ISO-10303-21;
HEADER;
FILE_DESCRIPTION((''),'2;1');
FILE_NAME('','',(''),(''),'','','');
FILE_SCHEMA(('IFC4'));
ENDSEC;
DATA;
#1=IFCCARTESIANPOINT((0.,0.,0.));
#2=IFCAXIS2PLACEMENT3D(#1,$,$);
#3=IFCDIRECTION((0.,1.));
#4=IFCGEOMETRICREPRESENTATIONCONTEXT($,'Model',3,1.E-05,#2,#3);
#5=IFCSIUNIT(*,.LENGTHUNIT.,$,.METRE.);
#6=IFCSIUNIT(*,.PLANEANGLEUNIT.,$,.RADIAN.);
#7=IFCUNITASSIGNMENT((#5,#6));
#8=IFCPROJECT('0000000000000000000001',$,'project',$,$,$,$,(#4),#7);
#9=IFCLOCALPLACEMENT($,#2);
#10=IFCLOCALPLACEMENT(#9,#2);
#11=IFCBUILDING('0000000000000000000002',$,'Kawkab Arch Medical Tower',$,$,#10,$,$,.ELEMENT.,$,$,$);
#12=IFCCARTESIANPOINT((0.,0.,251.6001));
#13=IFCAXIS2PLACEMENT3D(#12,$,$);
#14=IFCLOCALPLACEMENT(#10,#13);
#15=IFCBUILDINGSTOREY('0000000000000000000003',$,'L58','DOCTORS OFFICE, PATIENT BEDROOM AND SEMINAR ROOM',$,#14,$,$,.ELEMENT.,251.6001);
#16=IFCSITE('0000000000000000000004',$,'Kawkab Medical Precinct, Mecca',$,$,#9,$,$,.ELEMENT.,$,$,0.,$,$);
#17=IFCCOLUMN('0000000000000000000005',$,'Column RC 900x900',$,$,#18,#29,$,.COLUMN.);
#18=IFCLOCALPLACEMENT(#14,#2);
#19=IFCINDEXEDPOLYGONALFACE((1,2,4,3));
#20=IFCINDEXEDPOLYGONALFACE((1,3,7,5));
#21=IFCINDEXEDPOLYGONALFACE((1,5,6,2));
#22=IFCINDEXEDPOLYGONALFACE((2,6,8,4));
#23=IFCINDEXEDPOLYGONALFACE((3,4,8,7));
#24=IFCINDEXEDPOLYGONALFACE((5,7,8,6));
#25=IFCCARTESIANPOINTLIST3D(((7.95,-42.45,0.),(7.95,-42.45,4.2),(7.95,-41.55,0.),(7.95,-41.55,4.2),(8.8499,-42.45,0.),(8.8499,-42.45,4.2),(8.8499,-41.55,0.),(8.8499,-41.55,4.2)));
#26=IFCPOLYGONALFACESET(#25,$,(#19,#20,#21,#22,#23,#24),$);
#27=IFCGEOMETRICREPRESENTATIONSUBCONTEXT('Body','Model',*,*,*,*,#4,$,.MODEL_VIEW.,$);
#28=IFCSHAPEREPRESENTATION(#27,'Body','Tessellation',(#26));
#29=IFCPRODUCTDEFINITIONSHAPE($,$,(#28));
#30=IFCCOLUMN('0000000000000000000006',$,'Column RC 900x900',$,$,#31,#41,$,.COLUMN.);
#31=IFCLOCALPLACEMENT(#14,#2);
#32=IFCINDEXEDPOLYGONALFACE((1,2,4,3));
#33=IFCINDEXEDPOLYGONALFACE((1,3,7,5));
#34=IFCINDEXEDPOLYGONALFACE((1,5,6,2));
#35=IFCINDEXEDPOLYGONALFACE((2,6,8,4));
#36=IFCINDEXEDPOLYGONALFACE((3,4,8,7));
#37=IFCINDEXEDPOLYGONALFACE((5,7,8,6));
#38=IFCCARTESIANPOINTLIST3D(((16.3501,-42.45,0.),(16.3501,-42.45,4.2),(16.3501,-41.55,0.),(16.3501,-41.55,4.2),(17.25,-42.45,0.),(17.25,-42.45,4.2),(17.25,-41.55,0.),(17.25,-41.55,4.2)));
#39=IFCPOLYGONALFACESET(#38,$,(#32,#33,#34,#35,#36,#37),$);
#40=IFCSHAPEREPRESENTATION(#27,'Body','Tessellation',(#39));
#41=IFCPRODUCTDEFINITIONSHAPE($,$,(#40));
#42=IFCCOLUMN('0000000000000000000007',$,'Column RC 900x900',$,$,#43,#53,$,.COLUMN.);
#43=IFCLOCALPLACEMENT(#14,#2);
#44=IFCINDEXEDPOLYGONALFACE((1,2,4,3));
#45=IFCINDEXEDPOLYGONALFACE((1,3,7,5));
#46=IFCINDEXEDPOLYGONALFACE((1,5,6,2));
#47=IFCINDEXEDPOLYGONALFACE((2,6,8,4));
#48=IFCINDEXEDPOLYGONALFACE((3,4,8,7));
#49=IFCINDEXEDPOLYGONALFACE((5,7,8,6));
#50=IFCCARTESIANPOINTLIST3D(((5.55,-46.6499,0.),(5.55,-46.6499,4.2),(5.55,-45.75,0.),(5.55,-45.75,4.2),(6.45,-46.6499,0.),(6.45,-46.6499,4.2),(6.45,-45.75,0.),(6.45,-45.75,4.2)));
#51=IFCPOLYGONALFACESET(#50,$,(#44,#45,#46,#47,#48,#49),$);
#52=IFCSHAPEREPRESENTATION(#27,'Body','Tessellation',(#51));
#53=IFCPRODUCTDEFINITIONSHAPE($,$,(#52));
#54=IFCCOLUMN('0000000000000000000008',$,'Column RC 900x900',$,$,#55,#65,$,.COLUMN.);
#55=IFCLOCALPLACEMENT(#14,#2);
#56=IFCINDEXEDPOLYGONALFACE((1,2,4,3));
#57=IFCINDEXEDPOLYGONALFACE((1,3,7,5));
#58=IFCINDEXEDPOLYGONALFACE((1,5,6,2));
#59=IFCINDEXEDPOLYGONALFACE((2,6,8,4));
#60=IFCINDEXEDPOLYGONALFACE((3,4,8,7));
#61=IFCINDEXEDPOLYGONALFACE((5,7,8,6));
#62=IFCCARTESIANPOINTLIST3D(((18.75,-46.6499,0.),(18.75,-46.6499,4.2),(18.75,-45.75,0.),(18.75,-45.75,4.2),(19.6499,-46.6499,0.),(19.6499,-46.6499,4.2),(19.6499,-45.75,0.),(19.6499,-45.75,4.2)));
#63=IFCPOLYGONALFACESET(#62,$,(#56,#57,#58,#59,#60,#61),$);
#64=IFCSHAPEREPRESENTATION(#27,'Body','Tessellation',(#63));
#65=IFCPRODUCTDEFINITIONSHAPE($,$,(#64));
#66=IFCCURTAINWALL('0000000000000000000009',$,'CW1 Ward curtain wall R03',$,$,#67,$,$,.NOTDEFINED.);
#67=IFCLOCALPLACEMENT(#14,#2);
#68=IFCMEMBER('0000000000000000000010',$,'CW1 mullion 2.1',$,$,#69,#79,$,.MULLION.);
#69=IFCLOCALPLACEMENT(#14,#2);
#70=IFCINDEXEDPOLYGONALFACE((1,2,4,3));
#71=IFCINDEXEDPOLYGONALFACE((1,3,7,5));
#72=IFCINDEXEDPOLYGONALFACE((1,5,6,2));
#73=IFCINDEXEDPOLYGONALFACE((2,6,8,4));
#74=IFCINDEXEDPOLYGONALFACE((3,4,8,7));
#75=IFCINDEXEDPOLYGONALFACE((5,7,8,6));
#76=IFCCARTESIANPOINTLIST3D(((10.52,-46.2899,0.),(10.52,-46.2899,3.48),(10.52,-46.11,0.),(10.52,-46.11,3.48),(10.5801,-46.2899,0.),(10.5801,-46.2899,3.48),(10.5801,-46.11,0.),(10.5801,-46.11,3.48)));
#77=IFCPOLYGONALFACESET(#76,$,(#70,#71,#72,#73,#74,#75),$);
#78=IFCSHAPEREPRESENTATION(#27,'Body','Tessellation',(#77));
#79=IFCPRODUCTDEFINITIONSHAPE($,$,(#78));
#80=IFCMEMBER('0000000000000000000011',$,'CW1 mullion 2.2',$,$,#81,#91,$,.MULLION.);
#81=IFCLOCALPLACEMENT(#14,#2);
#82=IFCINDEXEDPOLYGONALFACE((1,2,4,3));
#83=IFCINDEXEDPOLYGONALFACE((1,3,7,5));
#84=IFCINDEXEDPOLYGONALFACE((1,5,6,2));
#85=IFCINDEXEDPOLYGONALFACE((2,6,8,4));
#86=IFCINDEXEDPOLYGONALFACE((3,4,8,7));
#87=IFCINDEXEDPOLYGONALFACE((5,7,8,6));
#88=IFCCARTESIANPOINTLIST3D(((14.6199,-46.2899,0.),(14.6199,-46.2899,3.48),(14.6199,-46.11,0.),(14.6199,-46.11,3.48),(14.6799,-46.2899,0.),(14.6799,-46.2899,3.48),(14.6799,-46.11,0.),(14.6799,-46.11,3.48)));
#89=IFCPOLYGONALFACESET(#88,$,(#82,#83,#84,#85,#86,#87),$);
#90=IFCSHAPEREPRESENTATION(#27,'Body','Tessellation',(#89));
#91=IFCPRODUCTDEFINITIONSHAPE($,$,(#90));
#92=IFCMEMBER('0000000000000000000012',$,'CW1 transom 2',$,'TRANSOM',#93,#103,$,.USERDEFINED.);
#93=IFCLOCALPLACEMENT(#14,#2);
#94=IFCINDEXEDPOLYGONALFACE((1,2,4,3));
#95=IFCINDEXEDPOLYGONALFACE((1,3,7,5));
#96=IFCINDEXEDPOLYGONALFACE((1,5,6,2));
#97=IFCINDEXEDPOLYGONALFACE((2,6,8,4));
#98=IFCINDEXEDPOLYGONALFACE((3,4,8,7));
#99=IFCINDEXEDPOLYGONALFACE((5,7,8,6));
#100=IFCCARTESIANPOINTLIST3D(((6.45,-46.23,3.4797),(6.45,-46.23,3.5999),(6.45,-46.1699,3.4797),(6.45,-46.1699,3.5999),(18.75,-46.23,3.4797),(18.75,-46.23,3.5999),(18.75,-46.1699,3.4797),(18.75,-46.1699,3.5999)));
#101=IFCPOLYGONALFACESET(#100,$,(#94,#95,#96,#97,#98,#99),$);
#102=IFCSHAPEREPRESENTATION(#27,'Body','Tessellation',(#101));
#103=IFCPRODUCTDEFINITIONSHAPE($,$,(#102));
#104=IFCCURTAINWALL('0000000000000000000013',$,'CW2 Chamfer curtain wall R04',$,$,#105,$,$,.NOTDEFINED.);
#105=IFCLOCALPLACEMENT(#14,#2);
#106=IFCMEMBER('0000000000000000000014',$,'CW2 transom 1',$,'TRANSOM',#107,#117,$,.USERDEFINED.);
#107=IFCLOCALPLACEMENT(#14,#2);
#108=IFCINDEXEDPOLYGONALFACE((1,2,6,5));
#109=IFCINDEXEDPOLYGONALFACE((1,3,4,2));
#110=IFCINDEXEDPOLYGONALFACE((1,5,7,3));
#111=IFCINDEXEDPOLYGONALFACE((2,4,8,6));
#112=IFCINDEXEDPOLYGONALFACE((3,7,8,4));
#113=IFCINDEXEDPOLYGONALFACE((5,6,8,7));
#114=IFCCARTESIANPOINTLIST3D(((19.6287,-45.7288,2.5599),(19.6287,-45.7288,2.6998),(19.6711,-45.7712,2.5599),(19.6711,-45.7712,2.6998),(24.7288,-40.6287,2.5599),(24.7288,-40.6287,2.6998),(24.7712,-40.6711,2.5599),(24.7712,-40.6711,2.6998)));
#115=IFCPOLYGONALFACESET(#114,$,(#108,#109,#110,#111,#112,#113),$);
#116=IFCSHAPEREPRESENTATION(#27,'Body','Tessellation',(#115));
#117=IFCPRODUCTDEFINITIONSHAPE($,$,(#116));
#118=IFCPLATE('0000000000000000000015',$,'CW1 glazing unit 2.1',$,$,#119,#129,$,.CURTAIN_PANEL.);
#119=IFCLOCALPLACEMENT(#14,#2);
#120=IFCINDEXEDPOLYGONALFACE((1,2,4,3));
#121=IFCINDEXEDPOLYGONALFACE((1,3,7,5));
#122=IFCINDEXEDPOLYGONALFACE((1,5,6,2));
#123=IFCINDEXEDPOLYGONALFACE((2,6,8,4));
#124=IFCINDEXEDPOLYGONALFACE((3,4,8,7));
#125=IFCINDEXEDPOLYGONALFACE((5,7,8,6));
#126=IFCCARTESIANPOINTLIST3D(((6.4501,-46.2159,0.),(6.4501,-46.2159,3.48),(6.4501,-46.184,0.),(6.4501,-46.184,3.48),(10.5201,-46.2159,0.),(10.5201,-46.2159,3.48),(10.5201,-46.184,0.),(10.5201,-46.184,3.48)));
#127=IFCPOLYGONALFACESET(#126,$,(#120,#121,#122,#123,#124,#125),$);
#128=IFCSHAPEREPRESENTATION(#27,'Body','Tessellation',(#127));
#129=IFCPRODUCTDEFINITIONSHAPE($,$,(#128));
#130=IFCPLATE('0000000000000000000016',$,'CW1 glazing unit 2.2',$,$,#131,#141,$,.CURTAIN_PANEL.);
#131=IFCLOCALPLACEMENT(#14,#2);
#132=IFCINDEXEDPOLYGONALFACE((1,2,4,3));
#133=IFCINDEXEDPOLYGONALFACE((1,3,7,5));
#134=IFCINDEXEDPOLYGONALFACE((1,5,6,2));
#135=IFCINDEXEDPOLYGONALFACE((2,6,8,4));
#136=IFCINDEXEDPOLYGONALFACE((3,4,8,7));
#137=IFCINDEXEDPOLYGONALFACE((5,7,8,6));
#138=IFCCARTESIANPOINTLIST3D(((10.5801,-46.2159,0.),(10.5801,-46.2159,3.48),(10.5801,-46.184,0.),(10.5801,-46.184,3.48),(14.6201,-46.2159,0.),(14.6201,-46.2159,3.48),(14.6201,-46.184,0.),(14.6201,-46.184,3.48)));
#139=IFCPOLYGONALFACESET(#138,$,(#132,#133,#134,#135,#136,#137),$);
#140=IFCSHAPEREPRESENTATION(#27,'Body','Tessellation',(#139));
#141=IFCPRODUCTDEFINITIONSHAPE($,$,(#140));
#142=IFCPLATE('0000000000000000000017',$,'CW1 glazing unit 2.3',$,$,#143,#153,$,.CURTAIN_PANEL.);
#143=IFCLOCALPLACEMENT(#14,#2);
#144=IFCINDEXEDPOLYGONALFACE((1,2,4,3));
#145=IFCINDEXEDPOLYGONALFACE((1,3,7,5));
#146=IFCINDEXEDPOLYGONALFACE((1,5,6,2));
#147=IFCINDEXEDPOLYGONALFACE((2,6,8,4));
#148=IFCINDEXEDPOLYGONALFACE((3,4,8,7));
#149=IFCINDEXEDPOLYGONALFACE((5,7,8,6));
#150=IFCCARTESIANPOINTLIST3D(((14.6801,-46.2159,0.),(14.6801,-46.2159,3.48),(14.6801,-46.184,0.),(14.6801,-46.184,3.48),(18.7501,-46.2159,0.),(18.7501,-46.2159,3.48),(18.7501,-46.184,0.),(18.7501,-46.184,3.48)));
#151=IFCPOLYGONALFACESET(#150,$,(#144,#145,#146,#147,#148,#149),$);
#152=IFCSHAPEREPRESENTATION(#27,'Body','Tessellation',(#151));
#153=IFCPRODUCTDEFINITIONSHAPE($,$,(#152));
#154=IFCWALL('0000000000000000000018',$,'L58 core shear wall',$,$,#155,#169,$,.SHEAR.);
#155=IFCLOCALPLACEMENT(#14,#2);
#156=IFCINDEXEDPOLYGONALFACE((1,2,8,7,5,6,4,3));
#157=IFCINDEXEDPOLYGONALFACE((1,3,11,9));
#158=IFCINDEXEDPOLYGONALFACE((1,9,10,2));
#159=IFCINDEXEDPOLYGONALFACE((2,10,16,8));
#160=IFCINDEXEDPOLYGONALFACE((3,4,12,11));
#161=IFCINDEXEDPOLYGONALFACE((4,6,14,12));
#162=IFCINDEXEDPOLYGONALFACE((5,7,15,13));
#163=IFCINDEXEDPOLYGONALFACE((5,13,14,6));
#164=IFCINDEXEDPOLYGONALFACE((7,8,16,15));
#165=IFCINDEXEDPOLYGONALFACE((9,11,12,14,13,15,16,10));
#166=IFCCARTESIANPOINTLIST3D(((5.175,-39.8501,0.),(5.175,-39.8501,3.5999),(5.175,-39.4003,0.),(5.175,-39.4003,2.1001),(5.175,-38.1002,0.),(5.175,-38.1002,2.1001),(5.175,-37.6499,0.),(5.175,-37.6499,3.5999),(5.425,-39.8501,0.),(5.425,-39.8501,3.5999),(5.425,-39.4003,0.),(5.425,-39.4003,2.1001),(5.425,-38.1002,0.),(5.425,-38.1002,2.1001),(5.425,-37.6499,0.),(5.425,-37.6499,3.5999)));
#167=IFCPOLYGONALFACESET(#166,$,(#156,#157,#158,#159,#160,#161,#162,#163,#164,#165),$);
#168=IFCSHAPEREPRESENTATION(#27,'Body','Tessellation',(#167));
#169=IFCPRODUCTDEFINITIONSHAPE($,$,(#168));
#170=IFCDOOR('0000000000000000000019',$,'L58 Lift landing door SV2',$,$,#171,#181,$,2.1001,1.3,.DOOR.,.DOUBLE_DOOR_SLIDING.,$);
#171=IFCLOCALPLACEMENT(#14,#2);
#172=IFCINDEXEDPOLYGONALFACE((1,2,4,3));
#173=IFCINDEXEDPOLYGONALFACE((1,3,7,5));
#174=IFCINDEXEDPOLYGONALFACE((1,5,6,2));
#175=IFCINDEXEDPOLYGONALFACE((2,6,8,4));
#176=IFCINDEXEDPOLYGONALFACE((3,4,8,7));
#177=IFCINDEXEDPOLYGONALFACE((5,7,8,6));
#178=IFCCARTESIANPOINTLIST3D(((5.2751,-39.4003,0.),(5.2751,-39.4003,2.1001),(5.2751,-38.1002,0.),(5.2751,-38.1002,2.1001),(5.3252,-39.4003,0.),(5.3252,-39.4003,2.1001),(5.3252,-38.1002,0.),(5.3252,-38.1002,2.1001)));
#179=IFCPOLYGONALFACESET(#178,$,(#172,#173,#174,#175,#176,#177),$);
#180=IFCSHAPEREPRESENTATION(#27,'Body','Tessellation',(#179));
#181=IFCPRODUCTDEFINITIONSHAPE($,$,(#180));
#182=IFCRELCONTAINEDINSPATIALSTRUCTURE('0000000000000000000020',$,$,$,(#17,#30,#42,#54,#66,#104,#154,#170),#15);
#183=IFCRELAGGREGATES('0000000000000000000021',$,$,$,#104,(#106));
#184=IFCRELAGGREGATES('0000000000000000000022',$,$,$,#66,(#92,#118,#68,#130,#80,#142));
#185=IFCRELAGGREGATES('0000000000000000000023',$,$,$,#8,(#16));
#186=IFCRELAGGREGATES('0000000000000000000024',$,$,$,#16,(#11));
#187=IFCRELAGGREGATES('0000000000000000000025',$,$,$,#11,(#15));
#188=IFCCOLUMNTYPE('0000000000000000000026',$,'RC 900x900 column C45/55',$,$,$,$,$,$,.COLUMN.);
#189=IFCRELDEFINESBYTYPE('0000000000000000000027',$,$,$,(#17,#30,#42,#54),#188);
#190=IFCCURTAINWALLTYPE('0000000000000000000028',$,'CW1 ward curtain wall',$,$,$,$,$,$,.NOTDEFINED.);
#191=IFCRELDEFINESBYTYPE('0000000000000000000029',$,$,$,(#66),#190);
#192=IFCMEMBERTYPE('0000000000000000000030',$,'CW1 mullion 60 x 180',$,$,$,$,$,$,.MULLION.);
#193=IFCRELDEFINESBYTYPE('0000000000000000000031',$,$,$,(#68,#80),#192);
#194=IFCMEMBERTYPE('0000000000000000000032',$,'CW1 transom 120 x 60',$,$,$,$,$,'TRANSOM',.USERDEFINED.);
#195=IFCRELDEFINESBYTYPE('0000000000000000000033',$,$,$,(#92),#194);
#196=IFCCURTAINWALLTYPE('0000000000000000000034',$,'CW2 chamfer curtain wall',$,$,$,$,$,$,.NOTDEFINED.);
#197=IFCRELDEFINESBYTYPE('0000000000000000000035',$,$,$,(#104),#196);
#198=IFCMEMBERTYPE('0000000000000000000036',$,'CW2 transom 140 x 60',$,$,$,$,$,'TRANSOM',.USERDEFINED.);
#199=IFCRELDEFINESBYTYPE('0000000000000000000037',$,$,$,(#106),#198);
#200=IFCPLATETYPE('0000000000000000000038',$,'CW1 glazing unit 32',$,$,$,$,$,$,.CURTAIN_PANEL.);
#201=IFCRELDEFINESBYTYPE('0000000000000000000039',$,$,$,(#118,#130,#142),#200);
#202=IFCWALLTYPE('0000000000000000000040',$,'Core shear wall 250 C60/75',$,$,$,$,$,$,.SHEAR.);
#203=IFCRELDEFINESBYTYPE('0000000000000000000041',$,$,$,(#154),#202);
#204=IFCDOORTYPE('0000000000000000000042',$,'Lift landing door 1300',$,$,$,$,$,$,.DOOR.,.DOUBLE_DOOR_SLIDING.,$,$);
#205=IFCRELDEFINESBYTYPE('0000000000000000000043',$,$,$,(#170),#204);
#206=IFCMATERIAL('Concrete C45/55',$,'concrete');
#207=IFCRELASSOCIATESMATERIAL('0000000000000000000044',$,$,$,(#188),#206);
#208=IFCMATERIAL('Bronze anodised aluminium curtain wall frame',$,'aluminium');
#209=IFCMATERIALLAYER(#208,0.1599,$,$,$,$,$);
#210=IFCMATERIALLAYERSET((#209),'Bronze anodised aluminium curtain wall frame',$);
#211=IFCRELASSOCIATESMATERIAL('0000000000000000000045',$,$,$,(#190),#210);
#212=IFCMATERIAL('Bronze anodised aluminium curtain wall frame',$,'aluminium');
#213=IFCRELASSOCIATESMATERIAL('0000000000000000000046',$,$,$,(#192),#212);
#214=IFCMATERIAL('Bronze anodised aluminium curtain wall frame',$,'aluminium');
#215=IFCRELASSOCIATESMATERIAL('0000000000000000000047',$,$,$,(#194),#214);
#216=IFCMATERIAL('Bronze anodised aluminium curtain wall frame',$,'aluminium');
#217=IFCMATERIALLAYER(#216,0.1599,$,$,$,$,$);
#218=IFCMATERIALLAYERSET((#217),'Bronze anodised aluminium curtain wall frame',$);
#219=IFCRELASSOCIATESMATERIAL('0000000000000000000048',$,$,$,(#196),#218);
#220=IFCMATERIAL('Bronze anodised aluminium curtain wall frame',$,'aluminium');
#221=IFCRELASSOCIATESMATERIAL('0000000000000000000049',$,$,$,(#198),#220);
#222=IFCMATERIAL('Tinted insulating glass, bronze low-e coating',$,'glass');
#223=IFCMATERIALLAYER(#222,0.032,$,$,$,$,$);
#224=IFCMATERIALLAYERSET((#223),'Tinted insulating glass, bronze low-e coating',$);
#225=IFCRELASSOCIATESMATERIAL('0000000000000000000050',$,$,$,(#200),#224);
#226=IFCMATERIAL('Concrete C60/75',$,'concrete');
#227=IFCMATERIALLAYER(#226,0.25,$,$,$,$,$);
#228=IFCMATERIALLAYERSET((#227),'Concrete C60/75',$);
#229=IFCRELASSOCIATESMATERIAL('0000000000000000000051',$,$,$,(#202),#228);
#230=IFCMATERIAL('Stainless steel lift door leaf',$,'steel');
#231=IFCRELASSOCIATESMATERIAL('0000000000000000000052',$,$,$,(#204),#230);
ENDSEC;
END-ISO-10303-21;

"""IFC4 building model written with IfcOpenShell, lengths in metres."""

from ifc_helpers import new_model, si_unit, direction, frame, frame_2d, origin, origin_2d, place, context, subcontext, project, spatial, rectangle, extrude, material, layer, layer_set, material_profile, profile_set, type_object, element, fill, aggregate, save


model = new_model("IFC4")

# Units and contexts
model_context = context("Model", 3, precision=1e-05, world=origin(), true_north=direction((0.0, 1.0)))
body_context = subcontext(model_context, "Body", "Model", "MODEL_VIEW")
ifc_project = project(units=[si_unit("LENGTHUNIT", "METRE"), si_unit("PLANEANGLEUNIT", "RADIAN")], contexts=[model_context])

# Site, building, storey
site_placement = place(None, origin())
site = spatial("IfcSite", under=ifc_project, at=site_placement, Name="Kawkab Medical Precinct, Mecca", CompositionType="ELEMENT", RefElevation=0.0)
building_placement = place(site_placement, origin())
building = spatial("IfcBuilding", under=site, at=building_placement, Name="Kawkab Arch Medical Tower", CompositionType="ELEMENT")
storey_placement = place(building_placement, frame((0.0, 0.0, 251.6001)))
storey = spatial("IfcBuildingStorey", under=building, at=storey_placement, Name="L58", Description="DOCTORS OFFICE, PATIENT BEDROOM AND SEMINAR ROOM", CompositionType="ELEMENT", Elevation=251.6001)

# Columns
ifc_material_1 = material(Name="Concrete C45/55", Category="concrete")
ifc_material_profile_1 = material_profile(ifc_material_1, rectangle(XDim=0.8999, YDim=0.8999, at=origin_2d()), Name="RC 900x900")
ifc_profile_set_1 = profile_set([ifc_material_profile_1], Name="Concrete C45/55")
column_type = type_object("IfcColumnType", Name="RC 900x900 column C45/55", PredefinedType="COLUMN", material=ifc_profile_set_1)
for number, where, z_axis, x_axis, name in (
    (1, (8.3999, -42.0, 0.0), (0.0, 0.0, 1.0), (1.0, 0.0, 0.0), "Column RC 900x900"),
    (2, (16.8, -42.0, 0.0), (0.0, 0.0, 1.0), (1.0, 0.0, 0.0), "Column RC 900x900"),
    (3, (6.0, -46.2, 0.0), (0.0, 0.0, 1.0), (1.0, 0.0, 0.0), "Column RC 900x900"),
    (4, (19.2, -46.2, 0.0), (0.0, 0.0, 1.0), (1.0, 0.0, 0.0), "Column RC 900x900"),
):
    element("IfcColumn", number, at=place(storey_placement, frame(where, z_axis=z_axis, x_axis=x_axis)), inside=storey, type_object=column_type, Name=name, PredefinedType="COLUMN", context=body_context, shape_type="SweptSolid", body=[
        extrude(rectangle(XDim=0.8999, YDim=0.8999, at=origin_2d()), origin(), (0.0, 0.0, 1.0), 4.2),
    ])

# Curtain wall, members
ifc_material_2 = material(Name="Bronze anodised aluminium curtain wall frame", Category="aluminium")
ifc_layer_1 = layer(ifc_material_2, 0.1599)
ifc_layer_set_1 = layer_set([ifc_layer_1], Name="Bronze anodised aluminium curtain wall frame")
curtain_wall_type_1 = type_object("IfcCurtainWallType", Name="CW1 ward curtain wall", PredefinedType="NOTDEFINED", material=ifc_layer_set_1)
placement = place(storey_placement, origin())
curtain_wall_1 = element("IfcCurtainWall", 5, at=placement, inside=storey, type_object=curtain_wall_type_1, Name="CW1 Ward curtain wall R03", PredefinedType="NOTDEFINED")
ifc_material_3 = material(Name="Bronze anodised aluminium curtain wall frame", Category="aluminium")
ifc_material_profile_2 = material_profile(ifc_material_3, rectangle(XDim=0.1799, YDim=0.0601, at=origin_2d()), Name="AL 60x180")
ifc_profile_set_2 = profile_set([ifc_material_profile_2], Name="Bronze anodised aluminium curtain wall frame")
member_type_1 = type_object("IfcMemberType", Name="CW1 mullion 60 x 180", PredefinedType="MULLION", material=ifc_profile_set_2)
member_1_placement = place(storey_placement, frame((10.55, -46.2, 0.0), z_axis=(0.0, 0.0, 1.0), x_axis=(0.0, 1.0, 0.0)))
member_1 = element("IfcMember", 6, at=member_1_placement, type_object=member_type_1, Name="CW1 mullion 2.1", PredefinedType="MULLION", context=body_context, shape_type="SweptSolid", body=[
    extrude(rectangle(XDim=0.1799, YDim=0.0601, at=origin_2d()), origin(), (0.0, 0.0, 1.0), 3.48),
])
member_2_placement = place(storey_placement, frame((14.6499, -46.2, 0.0), z_axis=(0.0, 0.0, 1.0), x_axis=(0.0, 1.0, 0.0)))
member_2 = element("IfcMember", 7, at=member_2_placement, type_object=member_type_1, Name="CW1 mullion 2.2", PredefinedType="MULLION", context=body_context, shape_type="SweptSolid", body=[
    extrude(rectangle(XDim=0.1799, YDim=0.0601, at=origin_2d()), origin(), (0.0, 0.0, 1.0), 3.48),
])
ifc_material_4 = material(Name="Bronze anodised aluminium curtain wall frame", Category="aluminium")
ifc_material_profile_3 = material_profile(ifc_material_4, rectangle(XDim=0.0601, YDim=0.1201, at=origin_2d()), Name="AL 60x120")
ifc_profile_set_3 = profile_set([ifc_material_profile_3], Name="Bronze anodised aluminium curtain wall frame")
member_type_2 = type_object("IfcMemberType", Name="CW1 transom 120 x 60", ElementType="TRANSOM", PredefinedType="USERDEFINED", material=ifc_profile_set_3)
member_3_placement = place(storey_placement, frame((6.45, -46.2, 3.5398), z_axis=(1.0, 0.0, 0.0), x_axis=(0.0, 1.0, 0.0)))
member_3 = element("IfcMember", 8, at=member_3_placement, type_object=member_type_2, Name="CW1 transom 2", ObjectType="TRANSOM", PredefinedType="USERDEFINED", context=body_context, shape_type="SweptSolid", body=[
    extrude(rectangle(XDim=0.0601, YDim=0.1201, at=origin_2d()), origin(), (0.0, 0.0, 1.0), 12.3),
])

# Curtain wall, member
ifc_material_5 = material(Name="Bronze anodised aluminium curtain wall frame", Category="aluminium")
ifc_layer_2 = layer(ifc_material_5, 0.1599)
ifc_layer_set_2 = layer_set([ifc_layer_2], Name="Bronze anodised aluminium curtain wall frame")
curtain_wall_type_2 = type_object("IfcCurtainWallType", Name="CW2 chamfer curtain wall", PredefinedType="NOTDEFINED", material=ifc_layer_set_2)
curtain_wall_2 = element("IfcCurtainWall", 9, at=placement, inside=storey, type_object=curtain_wall_type_2, Name="CW2 Chamfer curtain wall R04", PredefinedType="NOTDEFINED")
ifc_material_6 = material(Name="Bronze anodised aluminium curtain wall frame", Category="aluminium")
ifc_material_profile_4 = material_profile(ifc_material_6, rectangle(XDim=0.0601, YDim=0.1399, at=origin_2d()), Name="AL 60x140")
ifc_profile_set_4 = profile_set([ifc_material_profile_4], Name="Bronze anodised aluminium curtain wall frame")
member_type_3 = type_object("IfcMemberType", Name="CW2 transom 140 x 60", ElementType="TRANSOM", PredefinedType="USERDEFINED", material=ifc_profile_set_4)
member_4_placement = place(storey_placement, frame((19.6499, -45.75, 2.6299), z_axis=(0.707107, 0.707107, 0.0), x_axis=(-0.707107, 0.707107, 0.0)))
member_4 = element("IfcMember", 10, at=member_4_placement, type_object=member_type_3, Name="CW2 transom 1", ObjectType="TRANSOM", PredefinedType="USERDEFINED", context=body_context, shape_type="SweptSolid", body=[
    extrude(rectangle(XDim=0.0601, YDim=0.1399, at=origin_2d()), origin(), (0.0, 0.0, 1.0), 7.2126),
])
aggregate(curtain_wall_2, [member_4])

# Plates
ifc_material_7 = material(Name="Tinted insulating glass, bronze low-e coating", Category="glass")
ifc_layer_3 = layer(ifc_material_7, 0.032)
ifc_layer_set_3 = layer_set([ifc_layer_3], Name="Tinted insulating glass, bronze low-e coating")
plate_type = type_object("IfcPlateType", Name="CW1 glazing unit 32", PredefinedType="CURTAIN_PANEL", material=ifc_layer_set_3)
plate_1_placement = place(storey_placement, frame((8.4851, -46.2, 0.0), z_axis=(0.0, 0.0, 1.0), x_axis=(1.0, 0.0, 0.0)))
plate_1 = element("IfcPlate", 11, at=plate_1_placement, type_object=plate_type, Name="CW1 glazing unit 2.1", PredefinedType="CURTAIN_PANEL", context=body_context, shape_type="SweptSolid", body=[
    extrude(rectangle(XDim=4.0701, YDim=0.032, at=origin_2d()), origin(), (0.0, 0.0, 1.0), 3.48),
])
plate_2_placement = place(storey_placement, frame((12.6001, -46.2, 0.0), z_axis=(0.0, 0.0, 1.0), x_axis=(1.0, 0.0, 0.0)))
plate_2 = element("IfcPlate", 12, at=plate_2_placement, type_object=plate_type, Name="CW1 glazing unit 2.2", PredefinedType="CURTAIN_PANEL", context=body_context, shape_type="SweptSolid", body=[
    extrude(rectangle(XDim=4.04, YDim=0.032, at=origin_2d()), origin(), (0.0, 0.0, 1.0), 3.48),
])
plate_3_placement = place(storey_placement, frame((16.7151, -46.2, 0.0), z_axis=(0.0, 0.0, 1.0), x_axis=(1.0, 0.0, 0.0)))
plate_3 = element("IfcPlate", 13, at=plate_3_placement, type_object=plate_type, Name="CW1 glazing unit 2.3", PredefinedType="CURTAIN_PANEL", context=body_context, shape_type="SweptSolid", body=[
    extrude(rectangle(XDim=4.0701, YDim=0.032, at=origin_2d()), origin(), (0.0, 0.0, 1.0), 3.48),
])
aggregate(curtain_wall_1, [member_3, plate_1, member_1, plate_2, member_2, plate_3])

# Wall, opening, door
ifc_material_8 = material(Name="Concrete C60/75", Category="concrete")
ifc_layer_4 = layer(ifc_material_8, 0.25)
ifc_layer_set_4 = layer_set([ifc_layer_4], Name="Concrete C60/75")
wall_type_1 = type_object("IfcWallType", Name="Core shear wall 250 C60/75", PredefinedType="SHEAR", material=ifc_layer_set_4)
wall_1_placement = place(storey_placement, frame((5.3, -39.8501, 0.0), z_axis=(0.0, 0.0, 1.0), x_axis=(0.0, 1.0, 0.0)))
wall_1 = element("IfcWall", 14, at=wall_1_placement, inside=storey, type_object=wall_type_1, Name="L58 core shear wall", PredefinedType="SHEAR", context=body_context, shape_type="SweptSolid", body=[
    extrude(rectangle(XDim=2.2002, YDim=0.25, at=frame_2d((1.1001, 0.0))), origin(), (0.0, 0.0, 1.0), 3.5999),
])
opening_1_placement = place(wall_1_placement, frame((0.45, 0.0, 0.0)))
opening_1 = element("IfcOpeningElement", 15, at=opening_1_placement, cuts=wall_1, PredefinedType="OPENING", context=body_context, shape_type="SweptSolid", body=[
    extrude(rectangle(XDim=1.3, YDim=2.1001, at=frame_2d((0.6499, 1.05))), frame((0.0, 0.135, 0.0), z_axis=(0.0, -1.0, 0.0), x_axis=(1.0, 0.0, 0.0)), (0.0, 0.0, 1.0), 0.27),
])
ifc_material_9 = material(Name="Stainless steel lift door leaf", Category="steel")
door_type_1 = type_object("IfcDoorType", Name="Lift landing door 1300", OperationType="DOUBLE_DOOR_SLIDING", PredefinedType="DOOR", material=ifc_material_9)
door_1_placement = place(opening_1_placement, origin())
door_1 = element("IfcDoor", 16, at=door_1_placement, inside=storey, type_object=door_type_1, Name="L58 Lift landing door SV2", OperationType="DOUBLE_DOOR_SLIDING", OverallHeight=2.1001, OverallWidth=1.3, PredefinedType="DOOR", context=body_context, shape_type="SweptSolid", body=[
    extrude(rectangle(XDim=1.3, YDim=2.1001, at=frame_2d((0.6499, 1.05))), frame((0.0, 0.0249, 0.0), z_axis=(0.0, -1.0, 0.0), x_axis=(1.0, 0.0, 0.0)), (0.0, 0.0, 1.0), 0.05),
])
fill(opening_1, door_1)

save(model, "model.ifc")
